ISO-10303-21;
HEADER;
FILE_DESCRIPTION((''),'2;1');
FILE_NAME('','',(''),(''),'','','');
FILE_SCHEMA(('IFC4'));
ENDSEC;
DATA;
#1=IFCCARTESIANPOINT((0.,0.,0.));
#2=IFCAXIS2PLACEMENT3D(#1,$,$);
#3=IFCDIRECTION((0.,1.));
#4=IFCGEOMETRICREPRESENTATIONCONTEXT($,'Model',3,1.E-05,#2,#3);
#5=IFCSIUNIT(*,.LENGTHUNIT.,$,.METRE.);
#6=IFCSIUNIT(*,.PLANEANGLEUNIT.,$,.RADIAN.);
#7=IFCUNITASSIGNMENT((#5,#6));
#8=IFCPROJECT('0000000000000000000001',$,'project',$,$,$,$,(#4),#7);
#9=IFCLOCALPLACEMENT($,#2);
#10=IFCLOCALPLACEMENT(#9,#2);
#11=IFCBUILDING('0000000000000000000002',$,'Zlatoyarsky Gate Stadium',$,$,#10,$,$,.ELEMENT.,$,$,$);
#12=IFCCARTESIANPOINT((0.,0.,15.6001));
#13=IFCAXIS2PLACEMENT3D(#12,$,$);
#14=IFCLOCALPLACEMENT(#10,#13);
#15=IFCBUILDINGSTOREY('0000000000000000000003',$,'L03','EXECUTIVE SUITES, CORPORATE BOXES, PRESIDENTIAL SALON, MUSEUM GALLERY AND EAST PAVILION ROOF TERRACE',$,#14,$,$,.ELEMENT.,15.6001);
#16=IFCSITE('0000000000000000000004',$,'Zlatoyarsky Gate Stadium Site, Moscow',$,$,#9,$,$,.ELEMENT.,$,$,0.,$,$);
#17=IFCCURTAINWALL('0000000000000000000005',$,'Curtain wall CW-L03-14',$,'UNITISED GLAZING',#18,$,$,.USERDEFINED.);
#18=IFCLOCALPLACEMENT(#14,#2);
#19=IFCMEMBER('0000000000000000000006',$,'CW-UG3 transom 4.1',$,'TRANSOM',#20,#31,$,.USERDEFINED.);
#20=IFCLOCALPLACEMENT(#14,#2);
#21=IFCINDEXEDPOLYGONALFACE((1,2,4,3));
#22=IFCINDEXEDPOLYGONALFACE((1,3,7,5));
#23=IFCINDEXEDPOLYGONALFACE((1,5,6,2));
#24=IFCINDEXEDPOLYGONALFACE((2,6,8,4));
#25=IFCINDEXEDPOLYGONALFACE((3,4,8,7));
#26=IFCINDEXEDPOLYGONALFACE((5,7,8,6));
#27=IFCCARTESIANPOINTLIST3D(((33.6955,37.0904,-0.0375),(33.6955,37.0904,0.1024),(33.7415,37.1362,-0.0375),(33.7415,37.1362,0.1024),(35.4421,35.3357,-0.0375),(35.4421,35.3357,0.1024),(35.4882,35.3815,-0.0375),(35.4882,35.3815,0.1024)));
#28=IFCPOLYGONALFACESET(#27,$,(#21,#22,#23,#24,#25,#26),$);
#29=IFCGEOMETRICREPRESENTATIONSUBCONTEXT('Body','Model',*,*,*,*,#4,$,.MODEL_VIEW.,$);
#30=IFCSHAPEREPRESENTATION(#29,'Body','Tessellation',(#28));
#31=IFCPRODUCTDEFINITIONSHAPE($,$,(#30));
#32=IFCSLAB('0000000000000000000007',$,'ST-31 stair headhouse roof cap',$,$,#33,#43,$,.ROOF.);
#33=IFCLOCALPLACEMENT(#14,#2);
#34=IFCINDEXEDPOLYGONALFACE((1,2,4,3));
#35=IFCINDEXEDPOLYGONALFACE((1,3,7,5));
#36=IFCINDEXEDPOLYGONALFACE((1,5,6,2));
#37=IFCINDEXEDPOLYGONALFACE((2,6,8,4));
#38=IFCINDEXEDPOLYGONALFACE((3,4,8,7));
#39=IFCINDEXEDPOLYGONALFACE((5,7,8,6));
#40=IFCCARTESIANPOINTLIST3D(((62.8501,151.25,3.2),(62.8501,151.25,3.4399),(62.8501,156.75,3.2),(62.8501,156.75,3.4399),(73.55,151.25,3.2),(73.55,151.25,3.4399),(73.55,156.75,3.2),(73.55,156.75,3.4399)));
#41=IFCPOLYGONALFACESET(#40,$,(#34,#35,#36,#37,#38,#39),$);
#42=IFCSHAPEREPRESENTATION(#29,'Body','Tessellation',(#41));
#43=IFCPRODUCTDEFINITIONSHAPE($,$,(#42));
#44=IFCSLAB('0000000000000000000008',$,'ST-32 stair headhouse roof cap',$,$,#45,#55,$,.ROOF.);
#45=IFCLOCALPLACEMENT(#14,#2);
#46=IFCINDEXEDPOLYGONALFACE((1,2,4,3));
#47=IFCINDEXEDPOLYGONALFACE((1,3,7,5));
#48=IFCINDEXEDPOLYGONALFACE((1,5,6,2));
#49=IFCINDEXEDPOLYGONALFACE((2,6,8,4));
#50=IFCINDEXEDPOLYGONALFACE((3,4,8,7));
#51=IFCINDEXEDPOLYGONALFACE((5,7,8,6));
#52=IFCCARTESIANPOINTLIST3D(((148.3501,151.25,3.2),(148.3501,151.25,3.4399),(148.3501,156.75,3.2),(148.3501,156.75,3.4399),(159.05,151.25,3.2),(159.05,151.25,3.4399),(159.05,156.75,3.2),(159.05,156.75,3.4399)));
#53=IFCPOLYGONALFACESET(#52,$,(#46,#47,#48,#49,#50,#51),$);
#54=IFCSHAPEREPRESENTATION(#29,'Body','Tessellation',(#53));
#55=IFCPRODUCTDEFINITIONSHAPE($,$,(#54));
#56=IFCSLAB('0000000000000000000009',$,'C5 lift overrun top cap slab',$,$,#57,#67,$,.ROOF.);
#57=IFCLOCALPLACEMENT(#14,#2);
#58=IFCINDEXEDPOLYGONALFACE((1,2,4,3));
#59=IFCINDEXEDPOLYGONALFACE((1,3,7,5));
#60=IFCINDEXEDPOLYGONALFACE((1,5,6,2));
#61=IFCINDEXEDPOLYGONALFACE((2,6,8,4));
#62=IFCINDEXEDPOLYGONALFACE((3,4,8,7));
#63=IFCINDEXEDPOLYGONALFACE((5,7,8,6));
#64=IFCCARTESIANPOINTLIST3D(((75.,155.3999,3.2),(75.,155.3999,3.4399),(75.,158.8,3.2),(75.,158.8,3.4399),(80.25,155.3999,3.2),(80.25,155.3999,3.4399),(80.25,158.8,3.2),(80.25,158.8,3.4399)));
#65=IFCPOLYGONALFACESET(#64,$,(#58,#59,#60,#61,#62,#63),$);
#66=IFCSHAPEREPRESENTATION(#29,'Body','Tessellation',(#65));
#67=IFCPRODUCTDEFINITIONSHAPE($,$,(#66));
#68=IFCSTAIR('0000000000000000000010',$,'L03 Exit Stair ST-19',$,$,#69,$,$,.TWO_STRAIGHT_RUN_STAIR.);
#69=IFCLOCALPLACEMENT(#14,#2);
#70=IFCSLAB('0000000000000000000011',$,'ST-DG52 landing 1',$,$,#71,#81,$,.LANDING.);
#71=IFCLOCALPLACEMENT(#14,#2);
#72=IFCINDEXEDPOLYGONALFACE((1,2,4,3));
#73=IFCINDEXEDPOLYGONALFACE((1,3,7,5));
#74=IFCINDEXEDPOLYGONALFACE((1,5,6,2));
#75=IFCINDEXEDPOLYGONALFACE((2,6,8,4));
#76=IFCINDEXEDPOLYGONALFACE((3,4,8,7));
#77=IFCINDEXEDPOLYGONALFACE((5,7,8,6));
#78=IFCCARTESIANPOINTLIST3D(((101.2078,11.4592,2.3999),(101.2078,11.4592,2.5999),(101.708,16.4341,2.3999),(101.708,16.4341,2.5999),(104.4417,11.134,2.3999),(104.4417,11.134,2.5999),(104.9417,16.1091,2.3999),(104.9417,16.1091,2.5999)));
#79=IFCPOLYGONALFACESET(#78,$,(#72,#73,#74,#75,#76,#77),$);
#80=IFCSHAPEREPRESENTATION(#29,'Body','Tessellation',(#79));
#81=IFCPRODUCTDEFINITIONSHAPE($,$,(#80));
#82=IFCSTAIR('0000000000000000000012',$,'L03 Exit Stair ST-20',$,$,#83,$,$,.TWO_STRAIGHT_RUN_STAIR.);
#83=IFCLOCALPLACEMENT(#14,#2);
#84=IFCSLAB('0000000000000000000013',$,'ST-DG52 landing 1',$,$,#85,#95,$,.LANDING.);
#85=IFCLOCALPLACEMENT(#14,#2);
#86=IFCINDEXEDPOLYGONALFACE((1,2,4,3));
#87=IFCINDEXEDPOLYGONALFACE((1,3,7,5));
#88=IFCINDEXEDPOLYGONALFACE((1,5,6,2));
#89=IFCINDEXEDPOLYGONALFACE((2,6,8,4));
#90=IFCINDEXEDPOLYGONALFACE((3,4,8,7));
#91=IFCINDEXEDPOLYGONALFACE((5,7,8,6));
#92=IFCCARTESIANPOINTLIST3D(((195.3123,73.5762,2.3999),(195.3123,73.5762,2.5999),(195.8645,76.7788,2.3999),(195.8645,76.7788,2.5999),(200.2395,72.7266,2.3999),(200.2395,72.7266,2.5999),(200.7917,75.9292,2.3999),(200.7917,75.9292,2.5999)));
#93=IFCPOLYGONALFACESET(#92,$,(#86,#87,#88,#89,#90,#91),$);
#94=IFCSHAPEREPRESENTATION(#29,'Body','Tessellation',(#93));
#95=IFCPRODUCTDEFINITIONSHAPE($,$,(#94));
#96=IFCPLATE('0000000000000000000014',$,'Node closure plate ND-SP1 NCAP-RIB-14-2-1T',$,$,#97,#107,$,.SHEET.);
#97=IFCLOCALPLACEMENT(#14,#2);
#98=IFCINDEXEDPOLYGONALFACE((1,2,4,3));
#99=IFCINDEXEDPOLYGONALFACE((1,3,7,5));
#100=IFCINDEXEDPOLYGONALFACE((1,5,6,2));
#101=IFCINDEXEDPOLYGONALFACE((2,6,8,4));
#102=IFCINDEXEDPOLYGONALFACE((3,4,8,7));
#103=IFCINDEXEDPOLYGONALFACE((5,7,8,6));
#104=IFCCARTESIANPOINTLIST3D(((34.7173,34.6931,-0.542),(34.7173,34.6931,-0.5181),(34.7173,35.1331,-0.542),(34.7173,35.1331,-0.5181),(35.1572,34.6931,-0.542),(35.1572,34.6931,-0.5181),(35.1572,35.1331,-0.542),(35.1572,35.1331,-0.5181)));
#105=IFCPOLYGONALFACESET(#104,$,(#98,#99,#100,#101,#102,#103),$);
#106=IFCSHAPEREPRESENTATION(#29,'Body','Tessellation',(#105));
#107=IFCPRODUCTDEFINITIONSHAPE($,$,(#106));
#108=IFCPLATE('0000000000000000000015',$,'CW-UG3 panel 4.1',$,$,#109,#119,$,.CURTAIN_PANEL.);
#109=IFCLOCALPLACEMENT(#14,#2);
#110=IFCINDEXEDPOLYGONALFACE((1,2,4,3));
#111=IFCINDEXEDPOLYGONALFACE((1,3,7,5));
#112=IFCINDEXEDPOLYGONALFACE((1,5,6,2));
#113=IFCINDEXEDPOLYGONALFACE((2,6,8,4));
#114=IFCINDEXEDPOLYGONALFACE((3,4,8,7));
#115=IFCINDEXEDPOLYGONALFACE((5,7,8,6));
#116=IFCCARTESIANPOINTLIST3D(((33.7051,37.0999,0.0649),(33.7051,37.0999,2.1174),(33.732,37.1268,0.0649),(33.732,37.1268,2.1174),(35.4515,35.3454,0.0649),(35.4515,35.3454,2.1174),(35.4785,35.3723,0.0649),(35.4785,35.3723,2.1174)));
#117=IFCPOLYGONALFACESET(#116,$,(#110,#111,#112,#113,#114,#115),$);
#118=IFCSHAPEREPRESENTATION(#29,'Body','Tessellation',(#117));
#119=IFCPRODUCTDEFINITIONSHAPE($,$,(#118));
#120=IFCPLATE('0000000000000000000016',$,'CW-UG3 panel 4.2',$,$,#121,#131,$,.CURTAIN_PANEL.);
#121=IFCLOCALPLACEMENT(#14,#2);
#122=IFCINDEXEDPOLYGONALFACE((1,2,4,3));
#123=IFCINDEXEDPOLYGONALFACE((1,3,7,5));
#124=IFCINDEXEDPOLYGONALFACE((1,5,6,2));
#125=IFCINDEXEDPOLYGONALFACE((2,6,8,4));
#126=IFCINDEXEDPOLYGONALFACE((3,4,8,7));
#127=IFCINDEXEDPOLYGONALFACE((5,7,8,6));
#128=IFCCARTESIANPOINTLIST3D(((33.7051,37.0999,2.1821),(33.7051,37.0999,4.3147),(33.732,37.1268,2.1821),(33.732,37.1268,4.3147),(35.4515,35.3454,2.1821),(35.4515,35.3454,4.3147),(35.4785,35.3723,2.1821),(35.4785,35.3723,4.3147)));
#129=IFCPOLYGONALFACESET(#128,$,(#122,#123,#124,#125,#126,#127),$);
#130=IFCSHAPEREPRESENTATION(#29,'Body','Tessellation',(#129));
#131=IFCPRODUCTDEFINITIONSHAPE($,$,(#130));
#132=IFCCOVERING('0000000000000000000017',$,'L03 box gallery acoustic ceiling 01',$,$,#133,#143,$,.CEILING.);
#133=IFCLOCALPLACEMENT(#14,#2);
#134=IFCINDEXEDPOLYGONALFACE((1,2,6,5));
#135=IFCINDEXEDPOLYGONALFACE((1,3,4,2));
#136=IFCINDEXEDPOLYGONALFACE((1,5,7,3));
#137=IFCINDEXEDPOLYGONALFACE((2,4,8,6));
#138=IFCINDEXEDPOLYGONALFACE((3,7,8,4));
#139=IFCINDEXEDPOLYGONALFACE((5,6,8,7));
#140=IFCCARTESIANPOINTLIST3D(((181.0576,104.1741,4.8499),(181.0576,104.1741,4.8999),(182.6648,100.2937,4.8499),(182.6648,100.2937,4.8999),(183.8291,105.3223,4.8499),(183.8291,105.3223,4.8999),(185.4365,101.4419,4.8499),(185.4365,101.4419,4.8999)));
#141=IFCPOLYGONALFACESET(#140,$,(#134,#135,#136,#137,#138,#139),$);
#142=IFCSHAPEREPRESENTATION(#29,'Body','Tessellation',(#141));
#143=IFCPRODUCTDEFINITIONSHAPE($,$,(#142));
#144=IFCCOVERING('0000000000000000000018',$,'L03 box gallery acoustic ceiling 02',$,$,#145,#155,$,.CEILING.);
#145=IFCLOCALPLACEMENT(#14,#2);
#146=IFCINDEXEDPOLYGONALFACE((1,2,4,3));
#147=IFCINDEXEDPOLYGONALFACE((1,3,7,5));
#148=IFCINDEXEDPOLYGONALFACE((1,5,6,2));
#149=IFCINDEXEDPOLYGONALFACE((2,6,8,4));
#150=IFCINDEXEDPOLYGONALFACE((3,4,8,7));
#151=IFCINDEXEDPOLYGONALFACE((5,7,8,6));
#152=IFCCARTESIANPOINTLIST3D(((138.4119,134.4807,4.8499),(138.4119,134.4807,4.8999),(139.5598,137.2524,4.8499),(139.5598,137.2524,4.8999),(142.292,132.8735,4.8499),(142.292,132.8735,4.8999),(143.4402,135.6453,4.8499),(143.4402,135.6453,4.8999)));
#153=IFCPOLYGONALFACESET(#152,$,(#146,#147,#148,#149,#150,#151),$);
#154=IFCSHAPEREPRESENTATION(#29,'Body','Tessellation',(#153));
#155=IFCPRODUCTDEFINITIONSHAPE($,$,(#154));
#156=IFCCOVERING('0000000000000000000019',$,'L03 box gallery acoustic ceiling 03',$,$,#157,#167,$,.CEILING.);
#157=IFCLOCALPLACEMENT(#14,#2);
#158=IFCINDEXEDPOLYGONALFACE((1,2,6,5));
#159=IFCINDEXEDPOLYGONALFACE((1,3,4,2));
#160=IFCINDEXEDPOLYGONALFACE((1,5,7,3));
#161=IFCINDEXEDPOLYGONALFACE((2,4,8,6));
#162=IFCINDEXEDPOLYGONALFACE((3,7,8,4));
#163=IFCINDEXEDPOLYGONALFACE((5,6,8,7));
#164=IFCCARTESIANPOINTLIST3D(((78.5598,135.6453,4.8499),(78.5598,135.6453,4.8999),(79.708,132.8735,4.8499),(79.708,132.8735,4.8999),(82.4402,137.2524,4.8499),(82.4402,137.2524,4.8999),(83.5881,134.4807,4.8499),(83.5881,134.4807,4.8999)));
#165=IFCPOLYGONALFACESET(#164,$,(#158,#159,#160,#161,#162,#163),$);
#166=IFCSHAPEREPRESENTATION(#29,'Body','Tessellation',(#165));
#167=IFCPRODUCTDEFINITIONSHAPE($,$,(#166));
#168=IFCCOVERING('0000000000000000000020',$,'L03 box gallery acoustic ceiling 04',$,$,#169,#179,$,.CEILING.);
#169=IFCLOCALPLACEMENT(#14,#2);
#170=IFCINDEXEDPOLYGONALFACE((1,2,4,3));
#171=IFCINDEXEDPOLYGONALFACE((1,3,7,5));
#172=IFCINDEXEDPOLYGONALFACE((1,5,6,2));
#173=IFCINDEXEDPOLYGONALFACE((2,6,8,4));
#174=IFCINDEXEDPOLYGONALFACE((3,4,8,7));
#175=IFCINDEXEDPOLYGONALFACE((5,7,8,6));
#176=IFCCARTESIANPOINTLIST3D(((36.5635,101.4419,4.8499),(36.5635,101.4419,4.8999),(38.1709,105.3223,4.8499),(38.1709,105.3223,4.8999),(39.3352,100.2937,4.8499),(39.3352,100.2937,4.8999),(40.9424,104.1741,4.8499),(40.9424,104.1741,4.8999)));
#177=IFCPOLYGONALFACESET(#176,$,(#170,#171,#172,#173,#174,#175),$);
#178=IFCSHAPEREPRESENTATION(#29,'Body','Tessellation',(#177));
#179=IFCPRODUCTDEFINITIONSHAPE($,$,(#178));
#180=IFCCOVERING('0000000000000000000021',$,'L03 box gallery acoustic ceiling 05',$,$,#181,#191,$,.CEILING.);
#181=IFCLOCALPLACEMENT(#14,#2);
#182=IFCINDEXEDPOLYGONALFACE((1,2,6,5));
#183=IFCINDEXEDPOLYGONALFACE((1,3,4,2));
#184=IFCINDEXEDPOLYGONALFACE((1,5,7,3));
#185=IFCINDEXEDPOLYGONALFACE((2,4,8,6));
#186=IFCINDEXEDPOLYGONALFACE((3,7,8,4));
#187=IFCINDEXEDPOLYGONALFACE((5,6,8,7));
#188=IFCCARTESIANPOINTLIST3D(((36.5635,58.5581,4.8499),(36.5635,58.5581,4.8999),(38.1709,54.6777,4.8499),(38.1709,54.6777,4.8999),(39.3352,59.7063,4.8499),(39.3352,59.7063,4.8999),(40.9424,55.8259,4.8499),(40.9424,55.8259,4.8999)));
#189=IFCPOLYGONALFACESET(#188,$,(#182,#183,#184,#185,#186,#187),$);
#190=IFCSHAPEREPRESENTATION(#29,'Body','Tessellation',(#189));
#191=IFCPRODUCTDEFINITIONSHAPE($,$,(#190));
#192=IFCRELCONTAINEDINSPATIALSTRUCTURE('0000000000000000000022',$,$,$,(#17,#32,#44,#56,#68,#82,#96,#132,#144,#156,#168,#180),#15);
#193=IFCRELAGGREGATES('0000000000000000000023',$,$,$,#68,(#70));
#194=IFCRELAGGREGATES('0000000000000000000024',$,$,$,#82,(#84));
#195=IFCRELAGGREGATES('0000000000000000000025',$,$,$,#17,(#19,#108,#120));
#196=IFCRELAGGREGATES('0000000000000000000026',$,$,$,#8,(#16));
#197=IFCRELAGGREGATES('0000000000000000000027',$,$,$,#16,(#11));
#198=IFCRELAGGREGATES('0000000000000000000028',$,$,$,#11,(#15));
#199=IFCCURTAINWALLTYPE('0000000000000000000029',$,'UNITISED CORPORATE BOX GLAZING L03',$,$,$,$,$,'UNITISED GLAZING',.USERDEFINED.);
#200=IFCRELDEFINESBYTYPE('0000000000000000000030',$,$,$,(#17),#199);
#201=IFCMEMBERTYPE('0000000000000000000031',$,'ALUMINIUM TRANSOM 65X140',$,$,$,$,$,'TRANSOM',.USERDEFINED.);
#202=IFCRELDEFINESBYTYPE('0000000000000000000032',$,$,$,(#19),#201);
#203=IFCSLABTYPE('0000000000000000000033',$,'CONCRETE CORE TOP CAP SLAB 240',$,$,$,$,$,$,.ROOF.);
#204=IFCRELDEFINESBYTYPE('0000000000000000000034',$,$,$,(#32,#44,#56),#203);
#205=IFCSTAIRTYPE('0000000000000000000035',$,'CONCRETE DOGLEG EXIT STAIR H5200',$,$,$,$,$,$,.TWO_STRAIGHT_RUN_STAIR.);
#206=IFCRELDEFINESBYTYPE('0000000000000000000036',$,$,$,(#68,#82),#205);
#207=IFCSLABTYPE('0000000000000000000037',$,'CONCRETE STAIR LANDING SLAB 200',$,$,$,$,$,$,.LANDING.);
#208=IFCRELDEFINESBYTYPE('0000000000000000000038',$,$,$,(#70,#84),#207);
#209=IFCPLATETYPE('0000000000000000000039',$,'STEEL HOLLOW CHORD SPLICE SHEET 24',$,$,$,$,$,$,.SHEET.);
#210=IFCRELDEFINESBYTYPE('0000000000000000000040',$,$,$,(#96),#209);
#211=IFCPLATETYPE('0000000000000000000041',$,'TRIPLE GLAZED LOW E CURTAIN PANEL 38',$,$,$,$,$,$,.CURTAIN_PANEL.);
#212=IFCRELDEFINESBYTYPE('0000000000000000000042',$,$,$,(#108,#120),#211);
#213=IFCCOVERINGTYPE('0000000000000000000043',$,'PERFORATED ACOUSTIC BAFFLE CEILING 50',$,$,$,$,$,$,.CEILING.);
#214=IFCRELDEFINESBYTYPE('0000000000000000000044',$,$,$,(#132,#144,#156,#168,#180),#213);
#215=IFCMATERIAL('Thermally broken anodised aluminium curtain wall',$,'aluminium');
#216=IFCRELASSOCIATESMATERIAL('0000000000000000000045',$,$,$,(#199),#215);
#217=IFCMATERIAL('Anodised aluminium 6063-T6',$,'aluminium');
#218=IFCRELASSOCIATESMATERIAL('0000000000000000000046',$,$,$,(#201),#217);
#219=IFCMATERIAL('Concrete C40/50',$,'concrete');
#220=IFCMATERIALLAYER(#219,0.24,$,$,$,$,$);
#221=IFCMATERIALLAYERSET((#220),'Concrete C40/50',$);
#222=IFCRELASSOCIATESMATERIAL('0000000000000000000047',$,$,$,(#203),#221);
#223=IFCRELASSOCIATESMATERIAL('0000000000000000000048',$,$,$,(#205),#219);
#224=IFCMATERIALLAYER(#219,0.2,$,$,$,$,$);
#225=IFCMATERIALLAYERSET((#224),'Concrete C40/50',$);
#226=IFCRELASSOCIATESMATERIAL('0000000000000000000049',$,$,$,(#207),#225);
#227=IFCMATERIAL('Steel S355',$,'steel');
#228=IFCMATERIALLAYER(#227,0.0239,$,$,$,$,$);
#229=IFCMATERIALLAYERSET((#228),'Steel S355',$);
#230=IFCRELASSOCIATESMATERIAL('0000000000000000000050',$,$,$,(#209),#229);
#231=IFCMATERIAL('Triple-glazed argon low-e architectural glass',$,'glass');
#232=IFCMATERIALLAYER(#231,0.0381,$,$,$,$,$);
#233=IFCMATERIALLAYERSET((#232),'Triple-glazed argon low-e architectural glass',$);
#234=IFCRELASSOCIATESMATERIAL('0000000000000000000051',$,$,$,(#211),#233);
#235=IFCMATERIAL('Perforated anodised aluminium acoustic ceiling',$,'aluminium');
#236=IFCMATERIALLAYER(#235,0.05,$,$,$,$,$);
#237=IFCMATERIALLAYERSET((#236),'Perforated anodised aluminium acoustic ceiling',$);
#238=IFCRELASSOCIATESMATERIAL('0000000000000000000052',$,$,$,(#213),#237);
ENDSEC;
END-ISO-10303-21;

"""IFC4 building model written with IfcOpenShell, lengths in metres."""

from ifc_helpers import new_model, si_unit, direction, frame, origin, origin_2d, place, context, subcontext, project, spatial, polyline, rectangle, outline, extrude, material, layer, layer_set, material_profile, profile_set, type_object, element, aggregate, save


model = new_model("IFC4")

# Units and contexts
model_context = context("Model", 3, precision=1e-05, world=origin(), true_north=direction((0.0, 1.0)))
body_context = subcontext(model_context, "Body", "Model", "MODEL_VIEW")
ifc_project = project(units=[si_unit("LENGTHUNIT", "METRE"), si_unit("PLANEANGLEUNIT", "RADIAN")], contexts=[model_context])

# Site, building, storey
site_placement = place(None, origin())
site = spatial("IfcSite", under=ifc_project, at=site_placement, Name="Zlatoyarsky Gate Stadium Site, Moscow", CompositionType="ELEMENT", RefElevation=0.0)
building_placement = place(site_placement, origin())
building = spatial("IfcBuilding", under=site, at=building_placement, Name="Zlatoyarsky Gate Stadium", CompositionType="ELEMENT")
storey_placement = place(building_placement, frame((0.0, 0.0, 15.6001)))
storey = spatial("IfcBuildingStorey", under=building, at=storey_placement, Name="L03", Description="EXECUTIVE SUITES, CORPORATE BOXES, PRESIDENTIAL SALON, MUSEUM GALLERY AND EAST PAVILION ROOF TERRACE", CompositionType="ELEMENT", Elevation=15.6001)

# Curtain wall, member
ifc_material_1 = material(Name="Thermally broken anodised aluminium curtain wall", Category="aluminium")
curtain_wall_type = type_object("IfcCurtainWallType", Name="UNITISED CORPORATE BOX GLAZING L03", ElementType="UNITISED GLAZING", PredefinedType="USERDEFINED", material=ifc_material_1)
curtain_wall_placement = place(storey_placement, origin())
curtain_wall = element("IfcCurtainWall", 1, at=curtain_wall_placement, inside=storey, type_object=curtain_wall_type, Name="Curtain wall CW-L03-14", ObjectType="UNITISED GLAZING", PredefinedType="USERDEFINED")
ifc_material_2 = material(Name="Anodised aluminium 6063-T6", Category="aluminium")
ifc_material_profile_1 = material_profile(ifc_material_2, rectangle(XDim=0.0649, YDim=0.1399, at=origin_2d()), Name="ALU 65X140")
ifc_profile_set_1 = profile_set([ifc_material_profile_1], Name="Anodised aluminium 6063-T6")
member_type = type_object("IfcMemberType", Name="ALUMINIUM TRANSOM 65X140", ElementType="TRANSOM", PredefinedType="USERDEFINED", material=ifc_profile_set_1)
member_placement = place(storey_placement, frame((33.7185, 37.1133, 0.0325), z_axis=(0.705478, -0.708732, 0.0), x_axis=(0.708732, 0.705478, 0.0)))
member = element("IfcMember", 2, at=member_placement, type_object=member_type, Name="CW-UG3 transom 4.1", ObjectType="TRANSOM", PredefinedType="USERDEFINED", context=body_context, shape_type="SweptSolid", body=[
    extrude(rectangle(XDim=0.0649, YDim=0.1399, at=origin_2d()), origin(), (0.0, 0.0, 1.0), 2.4758),
])

# Slabs
ifc_material_3 = material(Name="Concrete C40/50", Category="concrete")
ifc_layer_1 = layer(ifc_material_3, 0.24)
ifc_layer_set_1 = layer_set([ifc_layer_1], Name="Concrete C40/50")
slab_type_1 = type_object("IfcSlabType", Name="CONCRETE CORE TOP CAP SLAB 240", PredefinedType="ROOF", material=ifc_layer_set_1)
slab_1_placement = place(storey_placement, frame((0.0, 0.0, 3.2)))
element("IfcSlab", 3, at=slab_1_placement, inside=storey, type_object=slab_type_1, Name="ST-31 stair headhouse roof cap", PredefinedType="ROOF", context=body_context, shape_type="SweptSolid", body=[
    extrude(outline(polyline([(62.8501, 151.25), (73.55, 151.25), (73.55, 156.75), (62.8501, 156.75), (62.8501, 151.25)])), origin(), (0.0, 0.0, 1.0), 0.24),
])
slab_2_placement = place(storey_placement, frame((0.0, 0.0, 3.2)))
element("IfcSlab", 4, at=slab_2_placement, inside=storey, type_object=slab_type_1, Name="ST-32 stair headhouse roof cap", PredefinedType="ROOF", context=body_context, shape_type="SweptSolid", body=[
    extrude(outline(polyline([(148.3501, 151.25), (159.05, 151.25), (159.05, 156.75), (148.3501, 156.75), (148.3501, 151.25)])), origin(), (0.0, 0.0, 1.0), 0.24),
])
slab_3_placement = place(storey_placement, frame((0.0, 0.0, 3.2)))
element("IfcSlab", 5, at=slab_3_placement, inside=storey, type_object=slab_type_1, Name="C5 lift overrun top cap slab", PredefinedType="ROOF", context=body_context, shape_type="SweptSolid", body=[
    extrude(outline(polyline([(80.25, 158.8), (75.0, 158.8), (75.0, 155.3999), (80.25, 155.3999), (80.25, 158.8)])), origin(), (0.0, 0.0, 1.0), 0.24),
])

# Stairs, slabs
stair_type = type_object("IfcStairType", Name="CONCRETE DOGLEG EXIT STAIR H5200", PredefinedType="TWO_STRAIGHT_RUN_STAIR", material=ifc_material_3)
stair_1_placement = place(storey_placement, origin())
stair_1 = element("IfcStair", 6, at=stair_1_placement, inside=storey, type_object=stair_type, Name="L03 Exit Stair ST-19", PredefinedType="TWO_STRAIGHT_RUN_STAIR")
ifc_layer_2 = layer(ifc_material_3, 0.2)
ifc_layer_set_2 = layer_set([ifc_layer_2], Name="Concrete C40/50")
slab_type_2 = type_object("IfcSlabType", Name="CONCRETE STAIR LANDING SLAB 200", PredefinedType="LANDING", material=ifc_layer_set_2)
slab_4_placement = place(storey_placement, frame((0.0, 0.0, 2.3999)))
slab_4 = element("IfcSlab", 7, at=slab_4_placement, type_object=slab_type_2, Name="ST-DG52 landing 1", PredefinedType="LANDING", context=body_context, shape_type="SweptSolid", body=[
    extrude(outline(polyline([(101.2078, 11.4592), (104.4417, 11.134), (104.9417, 16.1091), (101.708, 16.4341), (101.2078, 11.4592)])), origin(), (0.0, 0.0, 1.0), 0.2),
])
aggregate(stair_1, [slab_4])
stair_2_placement = place(storey_placement, origin())
stair_2 = element("IfcStair", 8, at=stair_2_placement, inside=storey, type_object=stair_type, Name="L03 Exit Stair ST-20", PredefinedType="TWO_STRAIGHT_RUN_STAIR")
slab_5_placement = place(storey_placement, frame((0.0, 0.0, 2.3999)))
slab_5 = element("IfcSlab", 9, at=slab_5_placement, type_object=slab_type_2, Name="ST-DG52 landing 1", PredefinedType="LANDING", context=body_context, shape_type="SweptSolid", body=[
    extrude(outline(polyline([(200.2395, 72.7266), (200.7917, 75.9292), (195.8645, 76.7788), (195.3123, 73.5762), (200.2395, 72.7266)])), origin(), (0.0, 0.0, 1.0), 0.2),
])
aggregate(stair_2, [slab_5])

# Plates
ifc_material_4 = material(Name="Steel S355", Category="steel")
ifc_layer_3 = layer(ifc_material_4, 0.0239)
ifc_layer_set_3 = layer_set([ifc_layer_3], Name="Steel S355")
plate_type_1 = type_object("IfcPlateType", Name="STEEL HOLLOW CHORD SPLICE SHEET 24", PredefinedType="SHEET", material=ifc_layer_set_3)
plate_1_placement = place(storey_placement, frame((34.9373, 34.9131, -0.542), z_axis=(0.0, 0.0, 1.0), x_axis=(1.0, 0.0, 0.0)))
element("IfcPlate", 10, at=plate_1_placement, inside=storey, type_object=plate_type_1, Name="Node closure plate ND-SP1 NCAP-RIB-14-2-1T", PredefinedType="SHEET", context=body_context, shape_type="SweptSolid", body=[
    extrude(rectangle(XDim=0.4399, YDim=0.4399, at=origin_2d()), origin(), (0.0, 0.0, 1.0), 0.0239),
])
ifc_material_5 = material(Name="Triple-glazed argon low-e architectural glass", Category="glass")
ifc_layer_4 = layer(ifc_material_5, 0.0381)
ifc_layer_set_4 = layer_set([ifc_layer_4], Name="Triple-glazed argon low-e architectural glass")
plate_type_2 = type_object("IfcPlateType", Name="TRIPLE GLAZED LOW E CURTAIN PANEL 38", PredefinedType="CURTAIN_PANEL", material=ifc_layer_set_4)
plate_2_placement = place(storey_placement, frame((34.5918, 36.2361, 0.0649), z_axis=(0.0, 0.0, 1.0), x_axis=(0.705489, -0.708721, 0.0)))
plate_2 = element("IfcPlate", 11, at=plate_2_placement, type_object=plate_type_2, Name="CW-UG3 panel 4.1", PredefinedType="CURTAIN_PANEL", context=body_context, shape_type="SweptSolid", body=[
    extrude(rectangle(XDim=2.4756, YDim=0.0381, at=origin_2d()), origin(), (0.0, 0.0, 1.0), 2.0525),
])
plate_3_placement = place(storey_placement, frame((34.5918, 36.2361, 2.1821), z_axis=(0.0, 0.0, 1.0), x_axis=(0.705489, -0.708721, 0.0)))
plate_3 = element("IfcPlate", 12, at=plate_3_placement, type_object=plate_type_2, Name="CW-UG3 panel 4.2", PredefinedType="CURTAIN_PANEL", context=body_context, shape_type="SweptSolid", body=[
    extrude(rectangle(XDim=2.4756, YDim=0.0381, at=origin_2d()), origin(), (0.0, 0.0, 1.0), 2.1326),
])
aggregate(curtain_wall, [member, plate_2, plate_3])

# Coverings
ifc_material_6 = material(Name="Perforated anodised aluminium acoustic ceiling", Category="aluminium")
ifc_layer_5 = layer(ifc_material_6, 0.05)
ifc_layer_set_5 = layer_set([ifc_layer_5], Name="Perforated anodised aluminium acoustic ceiling")
covering_type = type_object("IfcCoveringType", Name="PERFORATED ACOUSTIC BAFFLE CEILING 50", PredefinedType="CEILING", material=ifc_layer_set_5)
covering_1_placement = place(storey_placement, frame((0.0, 0.0, 4.8499)))
element("IfcCovering", 13, at=covering_1_placement, inside=storey, type_object=covering_type, Name="L03 box gallery acoustic ceiling 01", PredefinedType="CEILING", context=body_context, shape_type="SweptSolid", body=[
    extrude(outline(polyline([(182.6648, 100.2937), (181.0576, 104.1741), (183.8291, 105.3223), (185.4365, 101.4419), (182.6648, 100.2937)])), origin(), (0.0, 0.0, 1.0), 0.05),
])
covering_2_placement = place(storey_placement, frame((0.0, 0.0, 4.8499)))
element("IfcCovering", 14, at=covering_2_placement, inside=storey, type_object=covering_type, Name="L03 box gallery acoustic ceiling 02", PredefinedType="CEILING", context=body_context, shape_type="SweptSolid", body=[
    extrude(outline(polyline([(142.292, 132.8735), (138.4119, 134.4807), (139.5598, 137.2524), (143.4402, 135.6453), (142.292, 132.8735)])), origin(), (0.0, 0.0, 1.0), 0.05),
])
covering_3_placement = place(storey_placement, frame((0.0, 0.0, 4.8499)))
element("IfcCovering", 15, at=covering_3_placement, inside=storey, type_object=covering_type, Name="L03 box gallery acoustic ceiling 03", PredefinedType="CEILING", context=body_context, shape_type="SweptSolid", body=[
    extrude(outline(polyline([(83.5881, 134.4807), (79.708, 132.8735), (78.5598, 135.6453), (82.4402, 137.2524), (83.5881, 134.4807)])), origin(), (0.0, 0.0, 1.0), 0.05),
])
covering_4_placement = place(storey_placement, frame((0.0, 0.0, 4.8499)))
element("IfcCovering", 16, at=covering_4_placement, inside=storey, type_object=covering_type, Name="L03 box gallery acoustic ceiling 04", PredefinedType="CEILING", context=body_context, shape_type="SweptSolid", body=[
    extrude(outline(polyline([(40.9424, 104.1741), (39.3352, 100.2937), (36.5635, 101.4419), (38.1709, 105.3223), (40.9424, 104.1741)])), origin(), (0.0, 0.0, 1.0), 0.05),
])
covering_5_placement = place(storey_placement, frame((0.0, 0.0, 4.8499)))
element("IfcCovering", 17, at=covering_5_placement, inside=storey, type_object=covering_type, Name="L03 box gallery acoustic ceiling 05", PredefinedType="CEILING", context=body_context, shape_type="SweptSolid", body=[
    extrude(outline(polyline([(39.3352, 59.7063), (40.9424, 55.8259), (38.1709, 54.6777), (36.5635, 58.5581), (39.3352, 59.7063)])), origin(), (0.0, 0.0, 1.0), 0.05),
])

save(model, "model.ifc")
